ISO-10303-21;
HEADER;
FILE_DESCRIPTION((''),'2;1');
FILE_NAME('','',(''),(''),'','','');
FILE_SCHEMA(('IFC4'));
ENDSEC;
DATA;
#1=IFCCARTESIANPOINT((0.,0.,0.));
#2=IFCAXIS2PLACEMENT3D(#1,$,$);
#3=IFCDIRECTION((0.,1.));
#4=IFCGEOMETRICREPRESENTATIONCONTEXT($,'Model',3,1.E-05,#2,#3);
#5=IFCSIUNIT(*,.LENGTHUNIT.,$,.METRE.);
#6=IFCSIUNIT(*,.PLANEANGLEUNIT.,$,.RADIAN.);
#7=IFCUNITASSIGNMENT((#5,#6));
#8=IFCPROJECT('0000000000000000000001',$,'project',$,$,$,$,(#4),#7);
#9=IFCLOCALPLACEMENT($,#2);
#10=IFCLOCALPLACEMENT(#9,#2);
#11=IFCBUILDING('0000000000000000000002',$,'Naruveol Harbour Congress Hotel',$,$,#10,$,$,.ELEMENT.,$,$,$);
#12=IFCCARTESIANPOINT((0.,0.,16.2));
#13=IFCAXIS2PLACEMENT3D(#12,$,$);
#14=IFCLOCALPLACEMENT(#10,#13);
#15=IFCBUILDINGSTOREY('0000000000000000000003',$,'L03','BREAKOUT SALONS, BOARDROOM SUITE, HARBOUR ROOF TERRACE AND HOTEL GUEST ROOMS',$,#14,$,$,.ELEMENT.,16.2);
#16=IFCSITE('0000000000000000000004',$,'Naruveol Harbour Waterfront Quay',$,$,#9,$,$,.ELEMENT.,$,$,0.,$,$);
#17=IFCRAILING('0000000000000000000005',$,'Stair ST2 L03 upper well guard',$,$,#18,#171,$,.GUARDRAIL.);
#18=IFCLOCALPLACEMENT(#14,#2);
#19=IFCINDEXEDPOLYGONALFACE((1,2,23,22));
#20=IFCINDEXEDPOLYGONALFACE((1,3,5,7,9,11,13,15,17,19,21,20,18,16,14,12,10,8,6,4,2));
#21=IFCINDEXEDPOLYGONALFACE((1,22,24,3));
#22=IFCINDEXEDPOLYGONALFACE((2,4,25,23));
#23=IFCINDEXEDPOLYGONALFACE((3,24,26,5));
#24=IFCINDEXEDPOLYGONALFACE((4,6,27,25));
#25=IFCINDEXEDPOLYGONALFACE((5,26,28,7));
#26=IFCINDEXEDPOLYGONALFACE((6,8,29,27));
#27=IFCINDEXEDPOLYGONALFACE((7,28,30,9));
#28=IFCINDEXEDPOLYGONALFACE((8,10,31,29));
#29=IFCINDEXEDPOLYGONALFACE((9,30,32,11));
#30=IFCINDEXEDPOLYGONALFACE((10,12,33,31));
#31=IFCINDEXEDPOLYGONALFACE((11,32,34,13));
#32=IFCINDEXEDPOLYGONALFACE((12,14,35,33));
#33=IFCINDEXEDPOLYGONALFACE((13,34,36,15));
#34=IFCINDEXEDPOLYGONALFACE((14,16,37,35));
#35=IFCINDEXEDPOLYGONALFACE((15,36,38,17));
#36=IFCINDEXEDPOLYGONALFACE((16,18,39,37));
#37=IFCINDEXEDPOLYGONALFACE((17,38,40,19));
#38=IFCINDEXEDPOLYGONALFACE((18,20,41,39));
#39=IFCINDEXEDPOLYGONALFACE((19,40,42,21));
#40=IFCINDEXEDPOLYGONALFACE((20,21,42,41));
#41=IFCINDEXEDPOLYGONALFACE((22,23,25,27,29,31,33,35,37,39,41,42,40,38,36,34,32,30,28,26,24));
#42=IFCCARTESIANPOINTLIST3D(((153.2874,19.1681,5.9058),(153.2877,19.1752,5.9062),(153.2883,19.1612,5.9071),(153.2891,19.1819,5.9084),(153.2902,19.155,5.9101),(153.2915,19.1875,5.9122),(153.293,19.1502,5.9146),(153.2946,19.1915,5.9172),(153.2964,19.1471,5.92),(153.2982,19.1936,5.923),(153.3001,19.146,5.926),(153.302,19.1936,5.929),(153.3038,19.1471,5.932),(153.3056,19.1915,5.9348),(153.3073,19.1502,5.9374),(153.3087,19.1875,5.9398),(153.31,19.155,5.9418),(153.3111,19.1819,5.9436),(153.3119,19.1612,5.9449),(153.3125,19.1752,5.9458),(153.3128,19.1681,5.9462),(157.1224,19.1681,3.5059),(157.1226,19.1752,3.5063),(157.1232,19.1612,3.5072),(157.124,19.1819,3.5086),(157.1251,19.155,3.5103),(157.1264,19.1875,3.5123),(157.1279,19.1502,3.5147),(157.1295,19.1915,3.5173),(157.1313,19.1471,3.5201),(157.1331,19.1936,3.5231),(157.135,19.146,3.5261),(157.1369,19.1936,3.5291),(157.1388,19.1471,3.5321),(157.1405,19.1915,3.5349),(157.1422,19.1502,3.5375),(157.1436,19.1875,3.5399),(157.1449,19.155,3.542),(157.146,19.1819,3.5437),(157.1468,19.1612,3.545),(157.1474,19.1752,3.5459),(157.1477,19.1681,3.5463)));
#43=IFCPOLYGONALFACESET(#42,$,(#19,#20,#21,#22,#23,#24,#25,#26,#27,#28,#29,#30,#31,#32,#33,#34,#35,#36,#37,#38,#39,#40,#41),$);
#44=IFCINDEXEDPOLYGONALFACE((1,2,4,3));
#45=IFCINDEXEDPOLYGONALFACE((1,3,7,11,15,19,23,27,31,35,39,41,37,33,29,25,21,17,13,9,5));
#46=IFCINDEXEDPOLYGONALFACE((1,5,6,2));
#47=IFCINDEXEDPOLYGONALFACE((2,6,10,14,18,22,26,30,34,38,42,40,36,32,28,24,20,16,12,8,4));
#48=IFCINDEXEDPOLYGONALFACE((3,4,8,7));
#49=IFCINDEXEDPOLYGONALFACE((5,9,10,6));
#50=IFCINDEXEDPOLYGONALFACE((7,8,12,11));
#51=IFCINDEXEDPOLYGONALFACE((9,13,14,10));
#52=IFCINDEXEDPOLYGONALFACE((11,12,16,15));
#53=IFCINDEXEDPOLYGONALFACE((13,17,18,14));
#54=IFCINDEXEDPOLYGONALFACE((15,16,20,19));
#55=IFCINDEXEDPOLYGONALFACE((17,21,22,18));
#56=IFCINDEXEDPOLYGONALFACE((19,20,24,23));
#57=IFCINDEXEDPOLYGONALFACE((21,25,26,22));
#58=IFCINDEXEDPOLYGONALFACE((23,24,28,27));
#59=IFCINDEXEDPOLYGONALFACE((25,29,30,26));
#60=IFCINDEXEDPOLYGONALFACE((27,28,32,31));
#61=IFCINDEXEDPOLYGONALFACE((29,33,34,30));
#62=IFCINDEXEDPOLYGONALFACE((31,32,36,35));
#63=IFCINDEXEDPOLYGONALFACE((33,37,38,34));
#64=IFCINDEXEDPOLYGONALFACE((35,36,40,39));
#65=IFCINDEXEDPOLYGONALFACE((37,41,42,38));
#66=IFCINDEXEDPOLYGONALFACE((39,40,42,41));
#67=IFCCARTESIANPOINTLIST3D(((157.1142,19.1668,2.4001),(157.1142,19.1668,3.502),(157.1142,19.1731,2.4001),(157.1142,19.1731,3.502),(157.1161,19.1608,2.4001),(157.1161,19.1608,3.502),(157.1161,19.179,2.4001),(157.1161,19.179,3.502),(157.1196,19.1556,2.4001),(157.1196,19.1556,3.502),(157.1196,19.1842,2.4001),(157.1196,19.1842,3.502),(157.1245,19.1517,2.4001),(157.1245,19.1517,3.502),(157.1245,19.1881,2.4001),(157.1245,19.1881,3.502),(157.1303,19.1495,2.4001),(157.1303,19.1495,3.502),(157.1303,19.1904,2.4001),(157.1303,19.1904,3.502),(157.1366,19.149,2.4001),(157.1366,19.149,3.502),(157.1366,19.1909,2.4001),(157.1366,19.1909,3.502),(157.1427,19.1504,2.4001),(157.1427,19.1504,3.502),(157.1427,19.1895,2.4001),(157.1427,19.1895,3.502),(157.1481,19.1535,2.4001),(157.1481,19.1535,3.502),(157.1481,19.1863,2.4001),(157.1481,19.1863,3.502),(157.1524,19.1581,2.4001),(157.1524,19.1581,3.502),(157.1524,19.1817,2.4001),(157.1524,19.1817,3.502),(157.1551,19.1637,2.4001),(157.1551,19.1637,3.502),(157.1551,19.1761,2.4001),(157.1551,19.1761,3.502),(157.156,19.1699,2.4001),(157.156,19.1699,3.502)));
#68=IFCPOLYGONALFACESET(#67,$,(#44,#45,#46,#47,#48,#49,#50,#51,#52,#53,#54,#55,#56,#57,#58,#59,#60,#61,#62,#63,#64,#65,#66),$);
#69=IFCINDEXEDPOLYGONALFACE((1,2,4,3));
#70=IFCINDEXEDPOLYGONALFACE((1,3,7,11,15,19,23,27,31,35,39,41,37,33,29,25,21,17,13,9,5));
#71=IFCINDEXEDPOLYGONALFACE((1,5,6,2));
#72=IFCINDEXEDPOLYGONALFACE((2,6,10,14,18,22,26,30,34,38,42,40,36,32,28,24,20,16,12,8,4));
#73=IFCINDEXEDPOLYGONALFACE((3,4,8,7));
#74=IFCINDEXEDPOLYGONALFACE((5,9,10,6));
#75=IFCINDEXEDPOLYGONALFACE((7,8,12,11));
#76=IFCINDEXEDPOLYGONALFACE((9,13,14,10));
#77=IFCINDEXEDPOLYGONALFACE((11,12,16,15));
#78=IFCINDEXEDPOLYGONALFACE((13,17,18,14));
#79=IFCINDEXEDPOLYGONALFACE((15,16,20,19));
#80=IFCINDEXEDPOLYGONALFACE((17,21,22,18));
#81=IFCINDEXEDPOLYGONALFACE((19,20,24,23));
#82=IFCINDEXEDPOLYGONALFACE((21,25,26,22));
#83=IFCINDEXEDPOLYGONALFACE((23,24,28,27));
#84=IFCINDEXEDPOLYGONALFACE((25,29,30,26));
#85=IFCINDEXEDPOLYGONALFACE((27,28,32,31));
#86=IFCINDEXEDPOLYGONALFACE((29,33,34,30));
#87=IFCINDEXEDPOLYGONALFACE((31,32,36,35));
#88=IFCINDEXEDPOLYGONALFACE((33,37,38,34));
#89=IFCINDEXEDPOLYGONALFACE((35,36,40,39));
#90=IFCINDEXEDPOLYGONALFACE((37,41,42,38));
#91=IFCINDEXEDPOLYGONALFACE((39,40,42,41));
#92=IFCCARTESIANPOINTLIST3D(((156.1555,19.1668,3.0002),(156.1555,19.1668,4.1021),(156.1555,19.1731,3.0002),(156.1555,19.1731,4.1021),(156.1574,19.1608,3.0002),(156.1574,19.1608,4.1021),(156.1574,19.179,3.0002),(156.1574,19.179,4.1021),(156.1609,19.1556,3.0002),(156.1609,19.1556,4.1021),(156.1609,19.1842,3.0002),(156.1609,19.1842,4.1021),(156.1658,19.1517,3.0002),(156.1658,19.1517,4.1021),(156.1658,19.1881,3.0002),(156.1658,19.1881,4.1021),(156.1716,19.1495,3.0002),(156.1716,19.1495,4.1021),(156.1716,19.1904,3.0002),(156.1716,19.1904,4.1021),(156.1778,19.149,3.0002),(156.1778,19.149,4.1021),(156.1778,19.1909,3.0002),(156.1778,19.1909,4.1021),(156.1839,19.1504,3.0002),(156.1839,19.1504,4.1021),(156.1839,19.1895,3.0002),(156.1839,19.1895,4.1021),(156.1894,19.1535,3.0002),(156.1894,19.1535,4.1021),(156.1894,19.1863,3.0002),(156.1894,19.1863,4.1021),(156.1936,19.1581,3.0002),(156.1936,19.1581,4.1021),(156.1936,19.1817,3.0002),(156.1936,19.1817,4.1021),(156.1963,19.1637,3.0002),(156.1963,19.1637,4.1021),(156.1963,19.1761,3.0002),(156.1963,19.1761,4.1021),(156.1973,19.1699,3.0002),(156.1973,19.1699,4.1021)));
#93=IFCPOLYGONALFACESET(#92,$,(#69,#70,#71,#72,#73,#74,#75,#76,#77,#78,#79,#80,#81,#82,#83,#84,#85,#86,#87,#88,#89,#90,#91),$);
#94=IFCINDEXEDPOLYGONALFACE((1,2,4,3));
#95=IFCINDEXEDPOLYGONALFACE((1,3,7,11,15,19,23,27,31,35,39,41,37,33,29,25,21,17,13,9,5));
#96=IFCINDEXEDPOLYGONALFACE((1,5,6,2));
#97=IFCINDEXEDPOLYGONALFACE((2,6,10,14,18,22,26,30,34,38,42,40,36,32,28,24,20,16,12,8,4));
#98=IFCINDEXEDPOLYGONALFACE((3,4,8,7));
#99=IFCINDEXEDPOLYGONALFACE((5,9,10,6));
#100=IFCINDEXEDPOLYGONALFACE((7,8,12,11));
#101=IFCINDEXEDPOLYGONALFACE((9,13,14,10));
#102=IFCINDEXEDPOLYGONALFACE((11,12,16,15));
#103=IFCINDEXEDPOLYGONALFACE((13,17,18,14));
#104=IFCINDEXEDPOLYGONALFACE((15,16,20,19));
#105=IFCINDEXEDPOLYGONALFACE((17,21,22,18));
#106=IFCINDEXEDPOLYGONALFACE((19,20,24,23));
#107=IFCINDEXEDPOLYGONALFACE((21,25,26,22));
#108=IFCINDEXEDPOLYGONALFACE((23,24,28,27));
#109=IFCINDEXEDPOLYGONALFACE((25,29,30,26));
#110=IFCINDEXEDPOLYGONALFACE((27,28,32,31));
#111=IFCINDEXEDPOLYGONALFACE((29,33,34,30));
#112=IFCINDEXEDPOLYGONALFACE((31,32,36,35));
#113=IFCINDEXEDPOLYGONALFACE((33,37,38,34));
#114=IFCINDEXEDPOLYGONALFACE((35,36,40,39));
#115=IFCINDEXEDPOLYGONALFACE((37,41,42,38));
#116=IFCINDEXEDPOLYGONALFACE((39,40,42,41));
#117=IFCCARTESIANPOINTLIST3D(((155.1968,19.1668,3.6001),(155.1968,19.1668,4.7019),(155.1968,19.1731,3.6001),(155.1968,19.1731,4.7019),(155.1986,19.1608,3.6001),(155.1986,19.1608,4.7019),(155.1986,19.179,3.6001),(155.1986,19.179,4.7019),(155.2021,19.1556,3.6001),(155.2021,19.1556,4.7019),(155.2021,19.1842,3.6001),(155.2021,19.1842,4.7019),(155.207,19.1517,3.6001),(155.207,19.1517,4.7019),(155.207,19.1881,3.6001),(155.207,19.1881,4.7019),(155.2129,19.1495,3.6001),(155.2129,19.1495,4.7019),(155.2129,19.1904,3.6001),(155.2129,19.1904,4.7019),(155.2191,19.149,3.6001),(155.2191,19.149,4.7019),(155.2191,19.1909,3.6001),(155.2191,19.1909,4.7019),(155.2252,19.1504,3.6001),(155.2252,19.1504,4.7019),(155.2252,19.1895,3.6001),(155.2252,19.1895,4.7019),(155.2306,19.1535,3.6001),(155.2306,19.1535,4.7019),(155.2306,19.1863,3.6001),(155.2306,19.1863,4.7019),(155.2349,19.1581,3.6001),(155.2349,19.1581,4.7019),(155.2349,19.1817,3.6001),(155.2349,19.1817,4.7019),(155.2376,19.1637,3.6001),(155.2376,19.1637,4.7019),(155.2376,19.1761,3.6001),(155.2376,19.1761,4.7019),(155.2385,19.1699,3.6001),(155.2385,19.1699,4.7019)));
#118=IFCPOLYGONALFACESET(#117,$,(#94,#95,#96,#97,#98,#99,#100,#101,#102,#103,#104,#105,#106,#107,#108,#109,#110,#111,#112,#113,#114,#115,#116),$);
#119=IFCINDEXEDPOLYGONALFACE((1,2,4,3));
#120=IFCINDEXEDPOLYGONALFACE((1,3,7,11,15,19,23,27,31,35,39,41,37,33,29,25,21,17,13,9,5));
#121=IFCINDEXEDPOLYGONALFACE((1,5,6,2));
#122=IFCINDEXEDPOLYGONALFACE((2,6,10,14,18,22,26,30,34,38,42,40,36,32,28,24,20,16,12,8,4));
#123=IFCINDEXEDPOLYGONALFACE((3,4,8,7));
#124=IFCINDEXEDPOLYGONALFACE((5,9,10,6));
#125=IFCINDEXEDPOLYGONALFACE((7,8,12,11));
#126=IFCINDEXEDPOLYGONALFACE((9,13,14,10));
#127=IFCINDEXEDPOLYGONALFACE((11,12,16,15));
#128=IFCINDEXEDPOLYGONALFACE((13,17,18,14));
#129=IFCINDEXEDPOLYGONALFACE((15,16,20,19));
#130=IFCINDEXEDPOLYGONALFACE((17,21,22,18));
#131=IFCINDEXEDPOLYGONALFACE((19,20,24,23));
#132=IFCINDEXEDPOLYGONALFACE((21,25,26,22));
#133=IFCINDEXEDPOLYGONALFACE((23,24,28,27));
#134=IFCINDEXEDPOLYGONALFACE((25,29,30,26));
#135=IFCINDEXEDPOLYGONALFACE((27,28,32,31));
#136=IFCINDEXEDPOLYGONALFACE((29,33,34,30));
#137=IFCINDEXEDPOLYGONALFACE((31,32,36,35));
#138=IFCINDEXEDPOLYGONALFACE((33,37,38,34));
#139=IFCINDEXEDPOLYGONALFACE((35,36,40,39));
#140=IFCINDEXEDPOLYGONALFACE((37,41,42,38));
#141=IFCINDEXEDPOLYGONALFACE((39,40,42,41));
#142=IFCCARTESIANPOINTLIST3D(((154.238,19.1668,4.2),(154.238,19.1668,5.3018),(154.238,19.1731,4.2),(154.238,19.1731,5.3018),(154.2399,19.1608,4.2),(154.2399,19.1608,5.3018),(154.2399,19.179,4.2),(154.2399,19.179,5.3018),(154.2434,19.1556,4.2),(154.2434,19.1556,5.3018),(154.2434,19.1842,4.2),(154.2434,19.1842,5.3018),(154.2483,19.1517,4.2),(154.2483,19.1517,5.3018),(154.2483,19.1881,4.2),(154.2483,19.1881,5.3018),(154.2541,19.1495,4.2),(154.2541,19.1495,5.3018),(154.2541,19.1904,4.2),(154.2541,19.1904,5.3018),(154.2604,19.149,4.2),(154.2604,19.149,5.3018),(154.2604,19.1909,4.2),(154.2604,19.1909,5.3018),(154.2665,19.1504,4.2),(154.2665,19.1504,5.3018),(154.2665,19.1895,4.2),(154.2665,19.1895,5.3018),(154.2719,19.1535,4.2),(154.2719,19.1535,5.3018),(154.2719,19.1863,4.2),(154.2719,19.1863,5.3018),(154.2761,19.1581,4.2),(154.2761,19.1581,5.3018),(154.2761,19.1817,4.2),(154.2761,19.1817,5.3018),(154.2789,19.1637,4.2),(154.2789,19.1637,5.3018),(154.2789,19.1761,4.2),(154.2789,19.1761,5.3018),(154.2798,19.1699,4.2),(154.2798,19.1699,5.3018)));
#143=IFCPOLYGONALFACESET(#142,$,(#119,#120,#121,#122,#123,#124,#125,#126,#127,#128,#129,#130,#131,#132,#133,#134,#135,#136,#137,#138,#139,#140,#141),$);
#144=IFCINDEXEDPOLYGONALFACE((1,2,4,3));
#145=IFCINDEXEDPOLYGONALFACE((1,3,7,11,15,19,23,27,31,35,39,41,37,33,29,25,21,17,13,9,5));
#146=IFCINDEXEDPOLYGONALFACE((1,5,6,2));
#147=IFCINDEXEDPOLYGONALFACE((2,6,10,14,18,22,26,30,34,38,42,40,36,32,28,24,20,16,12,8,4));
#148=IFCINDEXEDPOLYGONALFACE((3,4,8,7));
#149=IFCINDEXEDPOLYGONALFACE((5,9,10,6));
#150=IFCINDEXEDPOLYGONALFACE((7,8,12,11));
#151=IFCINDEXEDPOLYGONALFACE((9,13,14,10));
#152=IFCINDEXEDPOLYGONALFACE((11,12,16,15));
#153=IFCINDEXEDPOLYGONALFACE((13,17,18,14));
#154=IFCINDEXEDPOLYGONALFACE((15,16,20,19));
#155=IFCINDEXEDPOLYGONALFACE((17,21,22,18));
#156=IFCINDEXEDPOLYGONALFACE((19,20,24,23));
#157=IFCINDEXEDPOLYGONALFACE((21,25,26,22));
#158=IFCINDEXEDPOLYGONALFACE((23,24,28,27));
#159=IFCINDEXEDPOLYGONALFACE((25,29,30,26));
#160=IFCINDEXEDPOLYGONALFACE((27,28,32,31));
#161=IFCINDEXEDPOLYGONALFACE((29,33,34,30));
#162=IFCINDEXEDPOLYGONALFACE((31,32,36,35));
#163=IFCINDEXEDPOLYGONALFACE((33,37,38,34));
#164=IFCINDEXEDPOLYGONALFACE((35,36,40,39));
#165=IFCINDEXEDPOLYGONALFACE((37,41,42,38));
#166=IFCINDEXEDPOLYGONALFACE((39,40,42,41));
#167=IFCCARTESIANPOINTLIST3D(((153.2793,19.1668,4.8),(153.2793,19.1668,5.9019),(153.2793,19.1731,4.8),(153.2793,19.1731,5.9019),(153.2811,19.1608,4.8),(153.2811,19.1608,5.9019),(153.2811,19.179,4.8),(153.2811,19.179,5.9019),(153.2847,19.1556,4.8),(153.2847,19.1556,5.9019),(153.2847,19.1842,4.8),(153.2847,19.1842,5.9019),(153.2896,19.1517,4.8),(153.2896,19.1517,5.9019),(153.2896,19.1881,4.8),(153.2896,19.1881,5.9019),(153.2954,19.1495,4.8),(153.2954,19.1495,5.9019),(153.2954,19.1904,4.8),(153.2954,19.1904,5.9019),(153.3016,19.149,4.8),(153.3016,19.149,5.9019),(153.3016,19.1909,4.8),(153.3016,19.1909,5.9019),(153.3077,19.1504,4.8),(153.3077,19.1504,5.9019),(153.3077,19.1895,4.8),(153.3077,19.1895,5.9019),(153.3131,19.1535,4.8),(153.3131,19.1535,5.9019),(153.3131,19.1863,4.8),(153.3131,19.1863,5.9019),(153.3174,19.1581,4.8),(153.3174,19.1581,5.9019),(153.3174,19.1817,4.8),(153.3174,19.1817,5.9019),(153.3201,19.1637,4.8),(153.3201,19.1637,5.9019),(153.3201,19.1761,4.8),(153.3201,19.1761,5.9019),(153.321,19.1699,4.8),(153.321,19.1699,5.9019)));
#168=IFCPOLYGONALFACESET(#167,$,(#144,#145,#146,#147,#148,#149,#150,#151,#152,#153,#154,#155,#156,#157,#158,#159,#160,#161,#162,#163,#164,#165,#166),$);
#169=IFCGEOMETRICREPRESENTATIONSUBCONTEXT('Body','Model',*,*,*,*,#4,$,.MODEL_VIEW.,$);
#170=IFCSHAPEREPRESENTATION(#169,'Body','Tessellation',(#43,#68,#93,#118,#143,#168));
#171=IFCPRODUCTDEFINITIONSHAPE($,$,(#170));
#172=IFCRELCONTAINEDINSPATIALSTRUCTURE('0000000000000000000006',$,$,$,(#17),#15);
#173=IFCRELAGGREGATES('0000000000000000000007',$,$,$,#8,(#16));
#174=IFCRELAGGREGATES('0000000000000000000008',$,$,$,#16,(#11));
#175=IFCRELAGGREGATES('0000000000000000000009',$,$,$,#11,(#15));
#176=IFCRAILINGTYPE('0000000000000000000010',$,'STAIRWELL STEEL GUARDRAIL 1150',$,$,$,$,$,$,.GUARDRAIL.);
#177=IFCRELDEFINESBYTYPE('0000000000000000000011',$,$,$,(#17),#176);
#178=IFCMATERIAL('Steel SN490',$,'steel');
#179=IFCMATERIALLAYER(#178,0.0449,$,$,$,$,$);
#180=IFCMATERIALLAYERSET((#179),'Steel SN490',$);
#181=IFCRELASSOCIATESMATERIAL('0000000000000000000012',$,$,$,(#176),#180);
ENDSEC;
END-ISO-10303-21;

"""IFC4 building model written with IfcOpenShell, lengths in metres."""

from ifc_helpers import new_model, si_unit, direction, frame, origin, origin_2d, place, context, subcontext, project, spatial, circle, extrude, material, layer, layer_set, type_object, element, save


model = new_model("IFC4")

# Units and contexts
model_context = context("Model", 3, precision=1e-05, world=origin(), true_north=direction((0.0, 1.0)))
body_context = subcontext(model_context, "Body", "Model", "MODEL_VIEW")
ifc_project = project(units=[si_unit("LENGTHUNIT", "METRE"), si_unit("PLANEANGLEUNIT", "RADIAN")], contexts=[model_context])

# Site, building, storey
site_placement = place(None, origin())
site = spatial("IfcSite", under=ifc_project, at=site_placement, Name="Naruveol Harbour Waterfront Quay", CompositionType="ELEMENT", RefElevation=0.0)
building_placement = place(site_placement, origin())
building = spatial("IfcBuilding", under=site, at=building_placement, Name="Naruveol Harbour Congress Hotel", CompositionType="ELEMENT")
storey_placement = place(building_placement, frame((0.0, 0.0, 16.2)))
storey = spatial("IfcBuildingStorey", under=building, at=storey_placement, Name="L03", Description="BREAKOUT SALONS, BOARDROOM SUITE, HARBOUR ROOF TERRACE AND HOTEL GUEST ROOMS", CompositionType="ELEMENT", Elevation=16.2)

# Railing
ifc_material_1 = material(Name="Steel SN490", Category="steel")
ifc_layer_1 = layer(ifc_material_1, 0.0449)
ifc_layer_set_1 = layer_set([ifc_layer_1], Name="Steel SN490")
railing_type_1 = type_object("IfcRailingType", Name="STAIRWELL STEEL GUARDRAIL 1150", PredefinedType="GUARDRAIL", material=ifc_layer_set_1)
railing_1_placement = place(storey_placement, frame((157.135, 19.1699, 2.4001)))
element("IfcRailing", 1, at=railing_1_placement, inside=storey, type_object=railing_type_1, Name="Stair ST2 L03 upper well guard", PredefinedType="GUARDRAIL", context=body_context, shape_type="SweptSolid", body=[
    extrude(circle(Radius=0.0239, at=origin_2d()), frame((0.0, 0.0, 1.126), z_axis=(-0.847695, 0.0, 0.530484), x_axis=(0.0, -1.0, 0.0)), (0.0, 0.0, 1.0), 4.5239),
    extrude(circle(Radius=0.021, at=origin_2d()), origin(), (0.0, 0.0, 1.0), 1.1018),
    extrude(circle(Radius=0.021, at=origin_2d()), frame((-0.9587, 0.0, 0.6001)), (0.0, 0.0, 1.0), 1.1018),
    extrude(circle(Radius=0.021, at=origin_2d()), frame((-1.9175, 0.0, 1.2)), (0.0, 0.0, 1.0), 1.1018),
    extrude(circle(Radius=0.021, at=origin_2d()), frame((-2.8762, 0.0, 1.7998)), (0.0, 0.0, 1.0), 1.1018),
    extrude(circle(Radius=0.021, at=origin_2d()), frame((-3.835, 0.0, 2.3999)), (0.0, 0.0, 1.0), 1.1018),
])

save(model, "model.ifc")
